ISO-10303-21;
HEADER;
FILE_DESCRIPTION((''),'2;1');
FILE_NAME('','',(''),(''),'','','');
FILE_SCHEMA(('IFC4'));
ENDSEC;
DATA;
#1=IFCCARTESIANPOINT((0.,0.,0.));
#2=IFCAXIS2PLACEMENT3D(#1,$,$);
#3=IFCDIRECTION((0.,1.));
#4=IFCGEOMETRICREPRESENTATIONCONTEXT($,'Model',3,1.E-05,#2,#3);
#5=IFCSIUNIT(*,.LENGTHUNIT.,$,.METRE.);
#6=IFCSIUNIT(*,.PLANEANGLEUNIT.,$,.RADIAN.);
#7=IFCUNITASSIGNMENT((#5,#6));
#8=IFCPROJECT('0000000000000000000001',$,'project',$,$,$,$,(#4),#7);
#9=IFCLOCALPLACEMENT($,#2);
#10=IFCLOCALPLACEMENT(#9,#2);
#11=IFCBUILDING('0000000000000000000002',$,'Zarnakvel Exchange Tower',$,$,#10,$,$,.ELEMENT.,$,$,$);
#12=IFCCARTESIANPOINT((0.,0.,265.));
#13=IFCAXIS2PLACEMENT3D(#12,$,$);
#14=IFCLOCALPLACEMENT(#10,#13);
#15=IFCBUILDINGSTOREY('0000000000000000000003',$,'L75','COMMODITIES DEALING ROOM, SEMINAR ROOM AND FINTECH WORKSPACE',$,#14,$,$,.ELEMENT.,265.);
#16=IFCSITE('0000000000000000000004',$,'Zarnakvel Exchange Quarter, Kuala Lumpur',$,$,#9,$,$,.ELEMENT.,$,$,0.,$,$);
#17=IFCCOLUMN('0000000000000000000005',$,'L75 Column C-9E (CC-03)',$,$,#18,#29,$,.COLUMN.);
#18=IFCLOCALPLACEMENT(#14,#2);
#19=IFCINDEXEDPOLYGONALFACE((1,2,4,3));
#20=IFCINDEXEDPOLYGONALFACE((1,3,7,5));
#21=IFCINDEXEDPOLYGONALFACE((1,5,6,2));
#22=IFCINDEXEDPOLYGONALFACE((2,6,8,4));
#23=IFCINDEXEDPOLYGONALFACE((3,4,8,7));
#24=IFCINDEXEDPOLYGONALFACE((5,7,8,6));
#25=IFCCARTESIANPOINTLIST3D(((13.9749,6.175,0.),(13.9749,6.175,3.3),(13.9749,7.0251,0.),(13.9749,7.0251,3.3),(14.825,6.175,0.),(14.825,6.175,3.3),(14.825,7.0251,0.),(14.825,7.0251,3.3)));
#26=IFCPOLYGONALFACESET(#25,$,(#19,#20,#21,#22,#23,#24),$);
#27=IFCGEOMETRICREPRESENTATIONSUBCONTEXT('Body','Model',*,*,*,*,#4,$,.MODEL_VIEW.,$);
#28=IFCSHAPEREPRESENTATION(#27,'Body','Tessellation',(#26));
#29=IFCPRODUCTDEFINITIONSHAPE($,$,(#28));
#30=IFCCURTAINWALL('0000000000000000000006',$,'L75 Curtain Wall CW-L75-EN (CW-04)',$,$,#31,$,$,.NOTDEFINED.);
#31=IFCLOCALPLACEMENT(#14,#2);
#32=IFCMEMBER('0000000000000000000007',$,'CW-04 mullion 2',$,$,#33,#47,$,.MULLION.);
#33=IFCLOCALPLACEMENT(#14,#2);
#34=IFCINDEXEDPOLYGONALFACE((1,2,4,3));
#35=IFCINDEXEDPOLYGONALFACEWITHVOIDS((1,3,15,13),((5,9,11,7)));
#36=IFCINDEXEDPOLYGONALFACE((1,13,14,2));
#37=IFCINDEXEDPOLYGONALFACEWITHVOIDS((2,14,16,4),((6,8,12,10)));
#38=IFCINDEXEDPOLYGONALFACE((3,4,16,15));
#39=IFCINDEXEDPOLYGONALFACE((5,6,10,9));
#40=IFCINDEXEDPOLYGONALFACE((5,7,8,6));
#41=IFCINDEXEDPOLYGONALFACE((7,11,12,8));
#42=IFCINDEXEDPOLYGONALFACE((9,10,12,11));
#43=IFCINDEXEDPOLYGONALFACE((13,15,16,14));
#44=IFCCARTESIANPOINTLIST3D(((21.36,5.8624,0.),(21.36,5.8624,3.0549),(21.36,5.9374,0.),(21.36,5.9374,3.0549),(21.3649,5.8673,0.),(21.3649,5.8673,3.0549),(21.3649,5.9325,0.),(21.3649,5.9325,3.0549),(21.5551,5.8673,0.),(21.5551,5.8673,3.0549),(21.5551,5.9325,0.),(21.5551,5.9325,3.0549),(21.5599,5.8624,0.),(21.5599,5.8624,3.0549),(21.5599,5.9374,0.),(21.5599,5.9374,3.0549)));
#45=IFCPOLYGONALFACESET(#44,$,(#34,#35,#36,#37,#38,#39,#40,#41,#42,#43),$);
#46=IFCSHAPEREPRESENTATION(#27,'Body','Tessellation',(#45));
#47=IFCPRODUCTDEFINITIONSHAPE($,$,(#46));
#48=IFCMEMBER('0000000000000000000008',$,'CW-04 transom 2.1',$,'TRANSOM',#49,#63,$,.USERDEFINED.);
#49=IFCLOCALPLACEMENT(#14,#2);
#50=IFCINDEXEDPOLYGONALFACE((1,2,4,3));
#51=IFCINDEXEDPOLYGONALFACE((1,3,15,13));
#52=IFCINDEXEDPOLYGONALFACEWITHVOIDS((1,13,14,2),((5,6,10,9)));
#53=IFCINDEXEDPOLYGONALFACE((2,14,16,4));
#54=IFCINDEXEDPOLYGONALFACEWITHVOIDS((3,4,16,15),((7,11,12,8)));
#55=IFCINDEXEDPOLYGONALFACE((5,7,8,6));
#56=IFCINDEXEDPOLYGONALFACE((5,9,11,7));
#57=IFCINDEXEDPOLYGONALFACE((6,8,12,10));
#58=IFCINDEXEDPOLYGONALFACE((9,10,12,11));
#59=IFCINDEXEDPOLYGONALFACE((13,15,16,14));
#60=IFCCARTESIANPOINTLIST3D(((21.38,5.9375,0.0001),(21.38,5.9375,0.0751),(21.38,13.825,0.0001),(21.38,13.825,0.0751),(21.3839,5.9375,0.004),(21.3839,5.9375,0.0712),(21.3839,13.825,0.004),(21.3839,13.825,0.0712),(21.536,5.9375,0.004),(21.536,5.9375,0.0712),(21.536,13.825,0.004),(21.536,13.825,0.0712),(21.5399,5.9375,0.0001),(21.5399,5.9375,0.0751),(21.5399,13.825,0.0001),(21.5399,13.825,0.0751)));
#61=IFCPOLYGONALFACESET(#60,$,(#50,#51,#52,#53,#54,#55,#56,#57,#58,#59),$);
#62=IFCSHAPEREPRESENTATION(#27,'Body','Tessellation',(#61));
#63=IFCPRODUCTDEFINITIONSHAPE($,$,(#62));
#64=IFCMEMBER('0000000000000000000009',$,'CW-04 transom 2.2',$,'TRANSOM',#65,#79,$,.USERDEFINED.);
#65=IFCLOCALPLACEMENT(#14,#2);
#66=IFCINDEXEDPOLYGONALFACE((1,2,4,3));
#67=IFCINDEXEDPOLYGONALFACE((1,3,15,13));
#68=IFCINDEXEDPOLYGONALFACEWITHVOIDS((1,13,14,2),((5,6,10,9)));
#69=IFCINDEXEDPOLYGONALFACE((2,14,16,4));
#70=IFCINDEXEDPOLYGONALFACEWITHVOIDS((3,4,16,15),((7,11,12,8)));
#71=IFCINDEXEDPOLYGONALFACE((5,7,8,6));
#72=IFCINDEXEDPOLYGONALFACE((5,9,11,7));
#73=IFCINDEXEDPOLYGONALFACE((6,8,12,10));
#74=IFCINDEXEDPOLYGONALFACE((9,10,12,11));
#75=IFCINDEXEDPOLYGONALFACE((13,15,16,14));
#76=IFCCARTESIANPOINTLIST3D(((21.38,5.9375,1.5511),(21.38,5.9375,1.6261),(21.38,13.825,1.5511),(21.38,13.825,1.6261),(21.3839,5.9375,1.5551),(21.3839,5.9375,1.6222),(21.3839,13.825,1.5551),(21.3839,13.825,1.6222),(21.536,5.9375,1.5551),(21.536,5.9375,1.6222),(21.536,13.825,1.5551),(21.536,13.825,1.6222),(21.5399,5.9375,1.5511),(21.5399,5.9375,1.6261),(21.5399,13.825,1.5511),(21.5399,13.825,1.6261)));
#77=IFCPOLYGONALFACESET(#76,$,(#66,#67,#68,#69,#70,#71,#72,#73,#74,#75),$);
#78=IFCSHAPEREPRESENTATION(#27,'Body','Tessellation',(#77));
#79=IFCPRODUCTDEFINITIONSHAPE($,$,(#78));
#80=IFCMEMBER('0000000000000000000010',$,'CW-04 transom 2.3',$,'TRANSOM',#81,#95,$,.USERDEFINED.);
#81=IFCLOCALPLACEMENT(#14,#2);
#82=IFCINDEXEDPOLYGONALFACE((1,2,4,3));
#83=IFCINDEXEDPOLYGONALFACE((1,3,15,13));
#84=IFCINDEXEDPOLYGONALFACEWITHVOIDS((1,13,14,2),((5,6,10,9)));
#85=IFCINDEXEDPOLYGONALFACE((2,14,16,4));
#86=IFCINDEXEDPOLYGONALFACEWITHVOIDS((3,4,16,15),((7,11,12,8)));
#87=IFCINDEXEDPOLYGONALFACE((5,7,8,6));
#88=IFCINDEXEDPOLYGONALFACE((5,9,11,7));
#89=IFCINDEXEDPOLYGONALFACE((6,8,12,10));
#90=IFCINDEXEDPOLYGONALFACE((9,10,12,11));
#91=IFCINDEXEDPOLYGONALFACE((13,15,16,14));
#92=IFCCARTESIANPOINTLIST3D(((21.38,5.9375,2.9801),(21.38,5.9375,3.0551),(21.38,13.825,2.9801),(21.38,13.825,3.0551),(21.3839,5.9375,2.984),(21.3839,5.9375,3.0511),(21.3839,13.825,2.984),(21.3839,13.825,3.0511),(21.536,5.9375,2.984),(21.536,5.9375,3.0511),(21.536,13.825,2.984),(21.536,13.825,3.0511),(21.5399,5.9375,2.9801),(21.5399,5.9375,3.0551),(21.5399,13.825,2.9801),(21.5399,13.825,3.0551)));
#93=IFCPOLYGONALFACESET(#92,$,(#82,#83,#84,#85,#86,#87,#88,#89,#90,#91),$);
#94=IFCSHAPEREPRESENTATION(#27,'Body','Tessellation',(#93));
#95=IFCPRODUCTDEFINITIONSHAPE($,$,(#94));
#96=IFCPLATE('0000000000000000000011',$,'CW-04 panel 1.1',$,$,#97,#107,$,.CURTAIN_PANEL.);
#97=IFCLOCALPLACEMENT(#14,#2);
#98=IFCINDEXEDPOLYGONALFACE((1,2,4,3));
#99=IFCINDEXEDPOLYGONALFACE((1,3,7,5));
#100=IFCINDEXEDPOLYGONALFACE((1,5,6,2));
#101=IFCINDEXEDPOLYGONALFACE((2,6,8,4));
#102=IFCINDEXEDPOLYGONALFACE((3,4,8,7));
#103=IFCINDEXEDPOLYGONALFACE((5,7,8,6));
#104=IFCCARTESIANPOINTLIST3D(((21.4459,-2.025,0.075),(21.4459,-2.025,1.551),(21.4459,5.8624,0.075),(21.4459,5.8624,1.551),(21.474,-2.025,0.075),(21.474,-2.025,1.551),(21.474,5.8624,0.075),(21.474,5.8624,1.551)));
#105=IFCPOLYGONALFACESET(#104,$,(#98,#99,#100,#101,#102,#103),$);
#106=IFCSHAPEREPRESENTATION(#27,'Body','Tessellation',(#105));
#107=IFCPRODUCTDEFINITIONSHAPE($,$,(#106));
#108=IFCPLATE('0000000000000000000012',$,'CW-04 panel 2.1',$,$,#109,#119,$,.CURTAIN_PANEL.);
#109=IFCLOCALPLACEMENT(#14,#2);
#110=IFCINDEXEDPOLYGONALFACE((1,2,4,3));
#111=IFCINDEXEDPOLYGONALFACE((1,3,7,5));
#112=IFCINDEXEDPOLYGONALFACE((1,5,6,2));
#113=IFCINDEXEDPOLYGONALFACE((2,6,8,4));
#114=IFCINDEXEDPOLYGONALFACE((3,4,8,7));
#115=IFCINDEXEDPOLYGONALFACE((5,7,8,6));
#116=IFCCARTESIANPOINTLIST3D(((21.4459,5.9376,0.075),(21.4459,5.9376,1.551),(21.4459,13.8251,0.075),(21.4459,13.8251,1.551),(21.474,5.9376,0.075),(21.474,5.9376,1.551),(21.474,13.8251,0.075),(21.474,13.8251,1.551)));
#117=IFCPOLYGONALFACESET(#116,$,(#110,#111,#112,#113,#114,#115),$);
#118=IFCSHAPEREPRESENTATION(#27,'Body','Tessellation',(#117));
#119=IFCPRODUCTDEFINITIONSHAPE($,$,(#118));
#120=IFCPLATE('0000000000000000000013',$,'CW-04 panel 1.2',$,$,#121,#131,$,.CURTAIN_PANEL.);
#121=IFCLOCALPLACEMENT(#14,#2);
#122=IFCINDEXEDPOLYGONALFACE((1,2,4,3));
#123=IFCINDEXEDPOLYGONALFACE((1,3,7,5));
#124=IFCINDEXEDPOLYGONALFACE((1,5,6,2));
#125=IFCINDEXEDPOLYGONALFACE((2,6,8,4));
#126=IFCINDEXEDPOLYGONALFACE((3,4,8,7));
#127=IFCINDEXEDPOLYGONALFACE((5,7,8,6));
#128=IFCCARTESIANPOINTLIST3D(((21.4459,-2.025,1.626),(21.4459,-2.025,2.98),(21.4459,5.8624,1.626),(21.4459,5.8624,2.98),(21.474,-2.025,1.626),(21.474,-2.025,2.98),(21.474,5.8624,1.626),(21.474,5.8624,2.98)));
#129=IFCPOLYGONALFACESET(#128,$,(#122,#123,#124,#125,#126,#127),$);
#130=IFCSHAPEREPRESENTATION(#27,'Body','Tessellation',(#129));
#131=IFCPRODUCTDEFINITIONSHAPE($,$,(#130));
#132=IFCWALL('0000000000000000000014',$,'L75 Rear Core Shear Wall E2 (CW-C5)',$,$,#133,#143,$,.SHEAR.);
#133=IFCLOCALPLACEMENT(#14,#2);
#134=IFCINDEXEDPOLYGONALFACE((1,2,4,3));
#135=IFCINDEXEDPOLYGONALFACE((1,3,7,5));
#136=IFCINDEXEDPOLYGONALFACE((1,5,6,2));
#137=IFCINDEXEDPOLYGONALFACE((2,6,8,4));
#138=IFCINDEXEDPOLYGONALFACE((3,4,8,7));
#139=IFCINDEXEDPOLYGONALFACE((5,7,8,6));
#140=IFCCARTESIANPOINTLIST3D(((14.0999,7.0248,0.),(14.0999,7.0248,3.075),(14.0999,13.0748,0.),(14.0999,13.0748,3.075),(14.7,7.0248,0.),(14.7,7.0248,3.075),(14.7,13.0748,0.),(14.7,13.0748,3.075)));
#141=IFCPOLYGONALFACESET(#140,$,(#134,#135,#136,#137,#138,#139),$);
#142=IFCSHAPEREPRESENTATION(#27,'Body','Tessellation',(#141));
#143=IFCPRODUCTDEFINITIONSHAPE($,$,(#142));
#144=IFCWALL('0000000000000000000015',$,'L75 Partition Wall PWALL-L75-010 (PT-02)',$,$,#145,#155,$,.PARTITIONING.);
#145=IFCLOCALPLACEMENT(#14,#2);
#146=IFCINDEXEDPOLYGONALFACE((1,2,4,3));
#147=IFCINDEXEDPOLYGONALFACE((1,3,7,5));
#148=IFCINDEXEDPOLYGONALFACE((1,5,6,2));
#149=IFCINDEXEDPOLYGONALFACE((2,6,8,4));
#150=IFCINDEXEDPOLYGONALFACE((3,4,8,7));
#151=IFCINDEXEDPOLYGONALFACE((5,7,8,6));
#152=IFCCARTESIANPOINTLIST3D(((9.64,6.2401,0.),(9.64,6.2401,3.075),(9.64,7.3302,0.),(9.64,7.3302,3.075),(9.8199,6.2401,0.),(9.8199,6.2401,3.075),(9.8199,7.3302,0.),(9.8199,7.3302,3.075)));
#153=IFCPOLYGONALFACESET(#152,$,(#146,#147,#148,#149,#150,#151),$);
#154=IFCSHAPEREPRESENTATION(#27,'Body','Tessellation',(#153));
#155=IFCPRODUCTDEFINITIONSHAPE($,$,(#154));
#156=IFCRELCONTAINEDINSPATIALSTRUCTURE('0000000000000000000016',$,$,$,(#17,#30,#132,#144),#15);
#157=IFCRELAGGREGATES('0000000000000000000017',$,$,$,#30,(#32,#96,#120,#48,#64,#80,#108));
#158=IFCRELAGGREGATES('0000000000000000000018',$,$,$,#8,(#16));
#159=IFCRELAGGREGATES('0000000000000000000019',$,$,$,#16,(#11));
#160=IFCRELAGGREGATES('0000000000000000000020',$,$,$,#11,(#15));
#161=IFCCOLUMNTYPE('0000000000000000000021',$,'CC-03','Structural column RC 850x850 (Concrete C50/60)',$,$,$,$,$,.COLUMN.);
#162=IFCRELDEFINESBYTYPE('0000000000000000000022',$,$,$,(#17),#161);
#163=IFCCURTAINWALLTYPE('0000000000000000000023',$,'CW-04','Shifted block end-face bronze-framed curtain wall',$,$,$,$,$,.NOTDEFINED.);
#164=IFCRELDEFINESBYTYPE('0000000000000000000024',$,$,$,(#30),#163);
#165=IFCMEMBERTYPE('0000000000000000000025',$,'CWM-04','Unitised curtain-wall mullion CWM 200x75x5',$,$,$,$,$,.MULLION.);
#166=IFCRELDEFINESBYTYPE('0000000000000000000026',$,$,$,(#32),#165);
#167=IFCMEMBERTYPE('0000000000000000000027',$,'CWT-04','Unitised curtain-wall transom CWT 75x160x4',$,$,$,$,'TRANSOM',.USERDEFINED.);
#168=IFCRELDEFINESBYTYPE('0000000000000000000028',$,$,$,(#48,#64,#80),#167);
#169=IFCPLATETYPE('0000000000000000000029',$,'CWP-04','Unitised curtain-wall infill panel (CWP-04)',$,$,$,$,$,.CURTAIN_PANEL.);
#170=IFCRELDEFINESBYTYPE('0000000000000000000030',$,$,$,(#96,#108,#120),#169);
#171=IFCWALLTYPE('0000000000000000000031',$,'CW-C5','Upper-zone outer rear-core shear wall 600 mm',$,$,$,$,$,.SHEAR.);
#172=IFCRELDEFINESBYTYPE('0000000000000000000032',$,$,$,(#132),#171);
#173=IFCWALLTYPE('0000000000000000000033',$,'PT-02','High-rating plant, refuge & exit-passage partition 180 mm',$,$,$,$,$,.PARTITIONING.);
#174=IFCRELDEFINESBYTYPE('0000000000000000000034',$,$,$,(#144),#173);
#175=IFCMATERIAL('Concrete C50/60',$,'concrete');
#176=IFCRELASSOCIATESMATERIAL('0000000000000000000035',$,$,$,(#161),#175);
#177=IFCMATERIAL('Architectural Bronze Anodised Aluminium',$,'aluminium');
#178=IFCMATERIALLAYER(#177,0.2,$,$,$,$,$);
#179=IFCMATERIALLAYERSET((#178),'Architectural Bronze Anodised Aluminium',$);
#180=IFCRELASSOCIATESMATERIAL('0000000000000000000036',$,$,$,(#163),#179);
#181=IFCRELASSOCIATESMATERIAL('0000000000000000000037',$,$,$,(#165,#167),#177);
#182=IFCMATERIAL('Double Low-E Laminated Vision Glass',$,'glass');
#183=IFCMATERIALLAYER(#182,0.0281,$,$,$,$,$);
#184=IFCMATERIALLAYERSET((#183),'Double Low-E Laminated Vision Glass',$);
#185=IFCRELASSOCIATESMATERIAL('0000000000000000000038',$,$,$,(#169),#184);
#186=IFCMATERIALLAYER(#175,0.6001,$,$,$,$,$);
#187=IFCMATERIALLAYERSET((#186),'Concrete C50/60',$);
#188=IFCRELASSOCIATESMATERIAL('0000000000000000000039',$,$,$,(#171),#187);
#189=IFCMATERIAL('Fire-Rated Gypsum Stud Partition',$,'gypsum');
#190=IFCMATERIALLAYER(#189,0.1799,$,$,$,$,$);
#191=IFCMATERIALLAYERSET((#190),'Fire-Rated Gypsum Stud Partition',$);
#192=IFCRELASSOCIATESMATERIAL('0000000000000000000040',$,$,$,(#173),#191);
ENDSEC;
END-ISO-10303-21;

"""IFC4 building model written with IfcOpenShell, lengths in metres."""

from ifc_helpers import new_model, si_unit, direction, frame, frame_2d, origin, origin_2d, place, context, subcontext, project, spatial, rectangle, hollow_rectangle, extrude, source, transform, mapped, material, layer, layer_set, material_profile, profile_set, type_object, element, aggregate, save


model = new_model("IFC4")

# Units and contexts
model_context = context("Model", 3, precision=1e-05, world=origin(), true_north=direction((0.0, 1.0)))
body_context = subcontext(model_context, "Body", "Model", "MODEL_VIEW")
ifc_project = project(units=[si_unit("LENGTHUNIT", "METRE"), si_unit("PLANEANGLEUNIT", "RADIAN")], contexts=[model_context])

# Site, building, storey
site_placement = place(None, origin())
site = spatial("IfcSite", under=ifc_project, at=site_placement, Name="Zarnakvel Exchange Quarter, Kuala Lumpur", CompositionType="ELEMENT", RefElevation=0.0)
building_placement = place(site_placement, origin())
building = spatial("IfcBuilding", under=site, at=building_placement, Name="Zarnakvel Exchange Tower", CompositionType="ELEMENT")
storey_placement = place(building_placement, frame((0.0, 0.0, 265.0)))
storey = spatial("IfcBuildingStorey", under=building, at=storey_placement, Name="L75", Description="COMMODITIES DEALING ROOM, SEMINAR ROOM AND FINTECH WORKSPACE", CompositionType="ELEMENT", Elevation=265.0)

# Column
ifc_material_1 = material(Name="Concrete C50/60", Category="concrete")
ifc_material_profile_1 = material_profile(ifc_material_1, rectangle(XDim=0.8501, YDim=0.8501, at=origin_2d()))
ifc_profile_set_1 = profile_set([ifc_material_profile_1], Name="Concrete C50/60")
column_type = type_object("IfcColumnType", Name="CC-03", Description="Structural column RC 850x850 (Concrete C50/60)", PredefinedType="COLUMN", material=ifc_profile_set_1)
column_placement = place(storey_placement, frame((14.3999, 6.6001, 0.0), z_axis=(0.0, 0.0, 1.0), x_axis=(1.0, 0.0, 0.0)))
element("IfcColumn", 1, at=column_placement, inside=storey, type_object=column_type, Name="L75 Column C-9E (CC-03)", PredefinedType="COLUMN", context=body_context, shape_type="SweptSolid", body=[
    extrude(rectangle(XDim=0.8501, YDim=0.8501, at=origin_2d()), origin(), (0.0, 0.0, 1.0), 3.3),
])

# Curtain wall, members, plates
ifc_material_2 = material(Name="Architectural Bronze Anodised Aluminium", Category="aluminium")
ifc_layer_1 = layer(ifc_material_2, 0.2)
ifc_layer_set_1 = layer_set([ifc_layer_1], Name="Architectural Bronze Anodised Aluminium")
curtain_wall_type = type_object("IfcCurtainWallType", Name="CW-04", Description="Shifted block end-face bronze-framed curtain wall", PredefinedType="NOTDEFINED", material=ifc_layer_set_1)
curtain_wall_placement = place(storey_placement, origin())
curtain_wall = element("IfcCurtainWall", 2, at=curtain_wall_placement, inside=storey, type_object=curtain_wall_type, Name="L75 Curtain Wall CW-L75-EN (CW-04)", PredefinedType="NOTDEFINED")
ifc_material_profile_2 = material_profile(ifc_material_2, hollow_rectangle(XDim=0.2, YDim=0.075, WallThickness=0.0049, at=origin_2d()))
ifc_profile_set_2 = profile_set([ifc_material_profile_2], Name="Architectural Bronze Anodised Aluminium")
member_type_1 = type_object("IfcMemberType", Name="CWM-04", Description="Unitised curtain-wall mullion CWM 200x75x5", PredefinedType="MULLION", material=ifc_profile_set_2)
shared_shape_1 = source(origin(), body_context, "Body", "SweptSolid", [
    extrude(hollow_rectangle(XDim=0.2, YDim=0.075, WallThickness=0.0049, at=origin_2d()), origin(), (0.0, 0.0, 1.0), 3.0549),
])
member_1_placement = place(storey_placement, frame((21.46, 5.8999, 0.0), z_axis=(0.0, 0.0, 1.0), x_axis=(-1.0, 0.0, 0.0)))
member_1 = element("IfcMember", 3, at=member_1_placement, type_object=member_type_1, Name="CW-04 mullion 2", PredefinedType="MULLION", context=body_context, shape_type="MappedRepresentation", body=[
    mapped(shared_shape_1, transform((0.0, 0.0, 0.0), x_axis=(1.0, 0.0, 0.0), y_axis=(0.0, 1.0, 0.0), z_axis=(0.0, 0.0, 1.0), scale=1.0)),
])
ifc_material_profile_3 = material_profile(ifc_material_2, hollow_rectangle(XDim=0.1599, YDim=0.075, WallThickness=0.0039, at=origin_2d()))
ifc_profile_set_3 = profile_set([ifc_material_profile_3], Name="Architectural Bronze Anodised Aluminium")
member_type_2 = type_object("IfcMemberType", Name="CWT-04", Description="Unitised curtain-wall transom CWT 75x160x4", ElementType="TRANSOM", PredefinedType="USERDEFINED", material=ifc_profile_set_3)
shared_shape_2 = source(origin(), body_context, "Body", "SweptSolid", [
    extrude(hollow_rectangle(XDim=0.1599, YDim=0.075, WallThickness=0.0039, at=origin_2d()), origin(), (0.0, 0.0, 1.0), 7.8875),
])
member_2_placement = place(storey_placement, frame((21.46, 5.9375, 0.0376), z_axis=(0.0, 1.0, 0.0), x_axis=(-1.0, 0.0, 0.0)))
member_2 = element("IfcMember", 4, at=member_2_placement, type_object=member_type_2, Name="CW-04 transom 2.1", ObjectType="TRANSOM", PredefinedType="USERDEFINED", context=body_context, shape_type="MappedRepresentation", body=[
    mapped(shared_shape_2, transform((0.0, 0.0, 0.0), x_axis=(1.0, 0.0, 0.0), y_axis=(0.0, 1.0, 0.0), z_axis=(0.0, 0.0, 1.0), scale=1.0)),
])
member_3_placement = place(storey_placement, frame((21.46, 5.9375, 1.5886), z_axis=(0.0, 1.0, 0.0), x_axis=(-1.0, 0.0, 0.0)))
member_3 = element("IfcMember", 5, at=member_3_placement, type_object=member_type_2, Name="CW-04 transom 2.2", ObjectType="TRANSOM", PredefinedType="USERDEFINED", context=body_context, shape_type="MappedRepresentation", body=[
    mapped(shared_shape_2, transform((0.0, 0.0, 0.0), x_axis=(1.0, 0.0, 0.0), y_axis=(0.0, 1.0, 0.0), z_axis=(0.0, 0.0, 1.0), scale=1.0)),
])
member_4_placement = place(storey_placement, frame((21.46, 5.9375, 3.0176), z_axis=(0.0, 1.0, 0.0), x_axis=(-1.0, 0.0, 0.0)))
member_4 = element("IfcMember", 6, at=member_4_placement, type_object=member_type_2, Name="CW-04 transom 2.3", ObjectType="TRANSOM", PredefinedType="USERDEFINED", context=body_context, shape_type="MappedRepresentation", body=[
    mapped(shared_shape_2, transform((0.0, 0.0, 0.0), x_axis=(1.0, 0.0, 0.0), y_axis=(0.0, 1.0, 0.0), z_axis=(0.0, 0.0, 1.0), scale=1.0)),
])
ifc_material_3 = material(Name="Double Low-E Laminated Vision Glass", Category="glass")
ifc_layer_2 = layer(ifc_material_3, 0.0281)
ifc_layer_set_2 = layer_set([ifc_layer_2], Name="Double Low-E Laminated Vision Glass")
plate_type = type_object("IfcPlateType", Name="CWP-04", Description="Unitised curtain-wall infill panel (CWP-04)", PredefinedType="CURTAIN_PANEL", material=ifc_layer_set_2)
shared_shape_3 = source(origin(), body_context, "Body", "SweptSolid", [
    extrude(rectangle(XDim=7.8875, YDim=0.0281, at=origin_2d()), origin(), (0.0, 0.0, 1.0), 1.4761),
])
plate_1_placement = place(storey_placement, frame((21.46, 1.9187, 0.075), z_axis=(0.0, 0.0, 1.0), x_axis=(0.0, 1.0, 0.0)))
plate_1 = element("IfcPlate", 7, at=plate_1_placement, type_object=plate_type, Name="CW-04 panel 1.1", PredefinedType="CURTAIN_PANEL", context=body_context, shape_type="MappedRepresentation", body=[
    mapped(shared_shape_3, transform((0.0, 0.0, 0.0), x_axis=(1.0, 0.0, 0.0), y_axis=(0.0, 1.0, 0.0), z_axis=(0.0, 0.0, 1.0), scale=1.0)),
])
plate_2_placement = place(storey_placement, frame((21.46, 9.8813, 0.075), z_axis=(0.0, 0.0, 1.0), x_axis=(0.0, 1.0, 0.0)))
plate_2 = element("IfcPlate", 8, at=plate_2_placement, type_object=plate_type, Name="CW-04 panel 2.1", PredefinedType="CURTAIN_PANEL", context=body_context, shape_type="MappedRepresentation", body=[
    mapped(shared_shape_3, transform((0.0, 0.0, 0.0), x_axis=(1.0, 0.0, 0.0), y_axis=(0.0, 1.0, 0.0), z_axis=(0.0, 0.0, 1.0), scale=1.0)),
])
shared_shape_4 = source(origin(), body_context, "Body", "SweptSolid", [
    extrude(rectangle(XDim=7.8875, YDim=0.0281, at=origin_2d()), origin(), (0.0, 0.0, 1.0), 1.354),
])
plate_3_placement = place(storey_placement, frame((21.46, 1.9187, 1.626), z_axis=(0.0, 0.0, 1.0), x_axis=(0.0, 1.0, 0.0)))
plate_3 = element("IfcPlate", 9, at=plate_3_placement, type_object=plate_type, Name="CW-04 panel 1.2", PredefinedType="CURTAIN_PANEL", context=body_context, shape_type="MappedRepresentation", body=[
    mapped(shared_shape_4, transform((0.0, 0.0, 0.0), x_axis=(1.0, 0.0, 0.0), y_axis=(0.0, 1.0, 0.0), z_axis=(0.0, 0.0, 1.0), scale=1.0)),
])
aggregate(curtain_wall, [member_1, plate_1, plate_3, member_2, member_3, member_4, plate_2])

# Walls
ifc_layer_3 = layer(ifc_material_1, 0.6001)
ifc_layer_set_3 = layer_set([ifc_layer_3], Name="Concrete C50/60")
wall_type_1 = type_object("IfcWallType", Name="CW-C5", Description="Upper-zone outer rear-core shear wall 600 mm", PredefinedType="SHEAR", material=ifc_layer_set_3)
wall_1_placement = place(storey_placement, frame((14.3999, 7.0249, 0.0), z_axis=(0.0, 0.0, 1.0), x_axis=(0.0, 1.0, 0.0)))
element("IfcWall", 10, at=wall_1_placement, inside=storey, type_object=wall_type_1, Name="L75 Rear Core Shear Wall E2 (CW-C5)", PredefinedType="SHEAR", context=body_context, shape_type="SweptSolid", body=[
    extrude(rectangle(XDim=6.05, YDim=0.6001, at=frame_2d((3.0249, 0.0))), origin(), (0.0, 0.0, 1.0), 3.075),
])
ifc_material_4 = material(Name="Fire-Rated Gypsum Stud Partition", Category="gypsum")
ifc_layer_4 = layer(ifc_material_4, 0.1799)
ifc_layer_set_4 = layer_set([ifc_layer_4], Name="Fire-Rated Gypsum Stud Partition")
wall_type_2 = type_object("IfcWallType", Name="PT-02", Description="High-rating plant, refuge & exit-passage partition 180 mm", PredefinedType="PARTITIONING", material=ifc_layer_set_4)
wall_2_placement = place(storey_placement, frame((9.73, 7.3301, 0.0), z_axis=(0.0, 0.0, 1.0), x_axis=(0.0, -1.0, 0.0)))
element("IfcWall", 11, at=wall_2_placement, inside=storey, type_object=wall_type_2, Name="L75 Partition Wall PWALL-L75-010 (PT-02)", PredefinedType="PARTITIONING", context=body_context, shape_type="SweptSolid", body=[
    extrude(rectangle(XDim=1.0901, YDim=0.1799, at=frame_2d((0.5449, 0.0))), origin(), (0.0, 0.0, 1.0), 3.075),
])

save(model, "model.ifc")
